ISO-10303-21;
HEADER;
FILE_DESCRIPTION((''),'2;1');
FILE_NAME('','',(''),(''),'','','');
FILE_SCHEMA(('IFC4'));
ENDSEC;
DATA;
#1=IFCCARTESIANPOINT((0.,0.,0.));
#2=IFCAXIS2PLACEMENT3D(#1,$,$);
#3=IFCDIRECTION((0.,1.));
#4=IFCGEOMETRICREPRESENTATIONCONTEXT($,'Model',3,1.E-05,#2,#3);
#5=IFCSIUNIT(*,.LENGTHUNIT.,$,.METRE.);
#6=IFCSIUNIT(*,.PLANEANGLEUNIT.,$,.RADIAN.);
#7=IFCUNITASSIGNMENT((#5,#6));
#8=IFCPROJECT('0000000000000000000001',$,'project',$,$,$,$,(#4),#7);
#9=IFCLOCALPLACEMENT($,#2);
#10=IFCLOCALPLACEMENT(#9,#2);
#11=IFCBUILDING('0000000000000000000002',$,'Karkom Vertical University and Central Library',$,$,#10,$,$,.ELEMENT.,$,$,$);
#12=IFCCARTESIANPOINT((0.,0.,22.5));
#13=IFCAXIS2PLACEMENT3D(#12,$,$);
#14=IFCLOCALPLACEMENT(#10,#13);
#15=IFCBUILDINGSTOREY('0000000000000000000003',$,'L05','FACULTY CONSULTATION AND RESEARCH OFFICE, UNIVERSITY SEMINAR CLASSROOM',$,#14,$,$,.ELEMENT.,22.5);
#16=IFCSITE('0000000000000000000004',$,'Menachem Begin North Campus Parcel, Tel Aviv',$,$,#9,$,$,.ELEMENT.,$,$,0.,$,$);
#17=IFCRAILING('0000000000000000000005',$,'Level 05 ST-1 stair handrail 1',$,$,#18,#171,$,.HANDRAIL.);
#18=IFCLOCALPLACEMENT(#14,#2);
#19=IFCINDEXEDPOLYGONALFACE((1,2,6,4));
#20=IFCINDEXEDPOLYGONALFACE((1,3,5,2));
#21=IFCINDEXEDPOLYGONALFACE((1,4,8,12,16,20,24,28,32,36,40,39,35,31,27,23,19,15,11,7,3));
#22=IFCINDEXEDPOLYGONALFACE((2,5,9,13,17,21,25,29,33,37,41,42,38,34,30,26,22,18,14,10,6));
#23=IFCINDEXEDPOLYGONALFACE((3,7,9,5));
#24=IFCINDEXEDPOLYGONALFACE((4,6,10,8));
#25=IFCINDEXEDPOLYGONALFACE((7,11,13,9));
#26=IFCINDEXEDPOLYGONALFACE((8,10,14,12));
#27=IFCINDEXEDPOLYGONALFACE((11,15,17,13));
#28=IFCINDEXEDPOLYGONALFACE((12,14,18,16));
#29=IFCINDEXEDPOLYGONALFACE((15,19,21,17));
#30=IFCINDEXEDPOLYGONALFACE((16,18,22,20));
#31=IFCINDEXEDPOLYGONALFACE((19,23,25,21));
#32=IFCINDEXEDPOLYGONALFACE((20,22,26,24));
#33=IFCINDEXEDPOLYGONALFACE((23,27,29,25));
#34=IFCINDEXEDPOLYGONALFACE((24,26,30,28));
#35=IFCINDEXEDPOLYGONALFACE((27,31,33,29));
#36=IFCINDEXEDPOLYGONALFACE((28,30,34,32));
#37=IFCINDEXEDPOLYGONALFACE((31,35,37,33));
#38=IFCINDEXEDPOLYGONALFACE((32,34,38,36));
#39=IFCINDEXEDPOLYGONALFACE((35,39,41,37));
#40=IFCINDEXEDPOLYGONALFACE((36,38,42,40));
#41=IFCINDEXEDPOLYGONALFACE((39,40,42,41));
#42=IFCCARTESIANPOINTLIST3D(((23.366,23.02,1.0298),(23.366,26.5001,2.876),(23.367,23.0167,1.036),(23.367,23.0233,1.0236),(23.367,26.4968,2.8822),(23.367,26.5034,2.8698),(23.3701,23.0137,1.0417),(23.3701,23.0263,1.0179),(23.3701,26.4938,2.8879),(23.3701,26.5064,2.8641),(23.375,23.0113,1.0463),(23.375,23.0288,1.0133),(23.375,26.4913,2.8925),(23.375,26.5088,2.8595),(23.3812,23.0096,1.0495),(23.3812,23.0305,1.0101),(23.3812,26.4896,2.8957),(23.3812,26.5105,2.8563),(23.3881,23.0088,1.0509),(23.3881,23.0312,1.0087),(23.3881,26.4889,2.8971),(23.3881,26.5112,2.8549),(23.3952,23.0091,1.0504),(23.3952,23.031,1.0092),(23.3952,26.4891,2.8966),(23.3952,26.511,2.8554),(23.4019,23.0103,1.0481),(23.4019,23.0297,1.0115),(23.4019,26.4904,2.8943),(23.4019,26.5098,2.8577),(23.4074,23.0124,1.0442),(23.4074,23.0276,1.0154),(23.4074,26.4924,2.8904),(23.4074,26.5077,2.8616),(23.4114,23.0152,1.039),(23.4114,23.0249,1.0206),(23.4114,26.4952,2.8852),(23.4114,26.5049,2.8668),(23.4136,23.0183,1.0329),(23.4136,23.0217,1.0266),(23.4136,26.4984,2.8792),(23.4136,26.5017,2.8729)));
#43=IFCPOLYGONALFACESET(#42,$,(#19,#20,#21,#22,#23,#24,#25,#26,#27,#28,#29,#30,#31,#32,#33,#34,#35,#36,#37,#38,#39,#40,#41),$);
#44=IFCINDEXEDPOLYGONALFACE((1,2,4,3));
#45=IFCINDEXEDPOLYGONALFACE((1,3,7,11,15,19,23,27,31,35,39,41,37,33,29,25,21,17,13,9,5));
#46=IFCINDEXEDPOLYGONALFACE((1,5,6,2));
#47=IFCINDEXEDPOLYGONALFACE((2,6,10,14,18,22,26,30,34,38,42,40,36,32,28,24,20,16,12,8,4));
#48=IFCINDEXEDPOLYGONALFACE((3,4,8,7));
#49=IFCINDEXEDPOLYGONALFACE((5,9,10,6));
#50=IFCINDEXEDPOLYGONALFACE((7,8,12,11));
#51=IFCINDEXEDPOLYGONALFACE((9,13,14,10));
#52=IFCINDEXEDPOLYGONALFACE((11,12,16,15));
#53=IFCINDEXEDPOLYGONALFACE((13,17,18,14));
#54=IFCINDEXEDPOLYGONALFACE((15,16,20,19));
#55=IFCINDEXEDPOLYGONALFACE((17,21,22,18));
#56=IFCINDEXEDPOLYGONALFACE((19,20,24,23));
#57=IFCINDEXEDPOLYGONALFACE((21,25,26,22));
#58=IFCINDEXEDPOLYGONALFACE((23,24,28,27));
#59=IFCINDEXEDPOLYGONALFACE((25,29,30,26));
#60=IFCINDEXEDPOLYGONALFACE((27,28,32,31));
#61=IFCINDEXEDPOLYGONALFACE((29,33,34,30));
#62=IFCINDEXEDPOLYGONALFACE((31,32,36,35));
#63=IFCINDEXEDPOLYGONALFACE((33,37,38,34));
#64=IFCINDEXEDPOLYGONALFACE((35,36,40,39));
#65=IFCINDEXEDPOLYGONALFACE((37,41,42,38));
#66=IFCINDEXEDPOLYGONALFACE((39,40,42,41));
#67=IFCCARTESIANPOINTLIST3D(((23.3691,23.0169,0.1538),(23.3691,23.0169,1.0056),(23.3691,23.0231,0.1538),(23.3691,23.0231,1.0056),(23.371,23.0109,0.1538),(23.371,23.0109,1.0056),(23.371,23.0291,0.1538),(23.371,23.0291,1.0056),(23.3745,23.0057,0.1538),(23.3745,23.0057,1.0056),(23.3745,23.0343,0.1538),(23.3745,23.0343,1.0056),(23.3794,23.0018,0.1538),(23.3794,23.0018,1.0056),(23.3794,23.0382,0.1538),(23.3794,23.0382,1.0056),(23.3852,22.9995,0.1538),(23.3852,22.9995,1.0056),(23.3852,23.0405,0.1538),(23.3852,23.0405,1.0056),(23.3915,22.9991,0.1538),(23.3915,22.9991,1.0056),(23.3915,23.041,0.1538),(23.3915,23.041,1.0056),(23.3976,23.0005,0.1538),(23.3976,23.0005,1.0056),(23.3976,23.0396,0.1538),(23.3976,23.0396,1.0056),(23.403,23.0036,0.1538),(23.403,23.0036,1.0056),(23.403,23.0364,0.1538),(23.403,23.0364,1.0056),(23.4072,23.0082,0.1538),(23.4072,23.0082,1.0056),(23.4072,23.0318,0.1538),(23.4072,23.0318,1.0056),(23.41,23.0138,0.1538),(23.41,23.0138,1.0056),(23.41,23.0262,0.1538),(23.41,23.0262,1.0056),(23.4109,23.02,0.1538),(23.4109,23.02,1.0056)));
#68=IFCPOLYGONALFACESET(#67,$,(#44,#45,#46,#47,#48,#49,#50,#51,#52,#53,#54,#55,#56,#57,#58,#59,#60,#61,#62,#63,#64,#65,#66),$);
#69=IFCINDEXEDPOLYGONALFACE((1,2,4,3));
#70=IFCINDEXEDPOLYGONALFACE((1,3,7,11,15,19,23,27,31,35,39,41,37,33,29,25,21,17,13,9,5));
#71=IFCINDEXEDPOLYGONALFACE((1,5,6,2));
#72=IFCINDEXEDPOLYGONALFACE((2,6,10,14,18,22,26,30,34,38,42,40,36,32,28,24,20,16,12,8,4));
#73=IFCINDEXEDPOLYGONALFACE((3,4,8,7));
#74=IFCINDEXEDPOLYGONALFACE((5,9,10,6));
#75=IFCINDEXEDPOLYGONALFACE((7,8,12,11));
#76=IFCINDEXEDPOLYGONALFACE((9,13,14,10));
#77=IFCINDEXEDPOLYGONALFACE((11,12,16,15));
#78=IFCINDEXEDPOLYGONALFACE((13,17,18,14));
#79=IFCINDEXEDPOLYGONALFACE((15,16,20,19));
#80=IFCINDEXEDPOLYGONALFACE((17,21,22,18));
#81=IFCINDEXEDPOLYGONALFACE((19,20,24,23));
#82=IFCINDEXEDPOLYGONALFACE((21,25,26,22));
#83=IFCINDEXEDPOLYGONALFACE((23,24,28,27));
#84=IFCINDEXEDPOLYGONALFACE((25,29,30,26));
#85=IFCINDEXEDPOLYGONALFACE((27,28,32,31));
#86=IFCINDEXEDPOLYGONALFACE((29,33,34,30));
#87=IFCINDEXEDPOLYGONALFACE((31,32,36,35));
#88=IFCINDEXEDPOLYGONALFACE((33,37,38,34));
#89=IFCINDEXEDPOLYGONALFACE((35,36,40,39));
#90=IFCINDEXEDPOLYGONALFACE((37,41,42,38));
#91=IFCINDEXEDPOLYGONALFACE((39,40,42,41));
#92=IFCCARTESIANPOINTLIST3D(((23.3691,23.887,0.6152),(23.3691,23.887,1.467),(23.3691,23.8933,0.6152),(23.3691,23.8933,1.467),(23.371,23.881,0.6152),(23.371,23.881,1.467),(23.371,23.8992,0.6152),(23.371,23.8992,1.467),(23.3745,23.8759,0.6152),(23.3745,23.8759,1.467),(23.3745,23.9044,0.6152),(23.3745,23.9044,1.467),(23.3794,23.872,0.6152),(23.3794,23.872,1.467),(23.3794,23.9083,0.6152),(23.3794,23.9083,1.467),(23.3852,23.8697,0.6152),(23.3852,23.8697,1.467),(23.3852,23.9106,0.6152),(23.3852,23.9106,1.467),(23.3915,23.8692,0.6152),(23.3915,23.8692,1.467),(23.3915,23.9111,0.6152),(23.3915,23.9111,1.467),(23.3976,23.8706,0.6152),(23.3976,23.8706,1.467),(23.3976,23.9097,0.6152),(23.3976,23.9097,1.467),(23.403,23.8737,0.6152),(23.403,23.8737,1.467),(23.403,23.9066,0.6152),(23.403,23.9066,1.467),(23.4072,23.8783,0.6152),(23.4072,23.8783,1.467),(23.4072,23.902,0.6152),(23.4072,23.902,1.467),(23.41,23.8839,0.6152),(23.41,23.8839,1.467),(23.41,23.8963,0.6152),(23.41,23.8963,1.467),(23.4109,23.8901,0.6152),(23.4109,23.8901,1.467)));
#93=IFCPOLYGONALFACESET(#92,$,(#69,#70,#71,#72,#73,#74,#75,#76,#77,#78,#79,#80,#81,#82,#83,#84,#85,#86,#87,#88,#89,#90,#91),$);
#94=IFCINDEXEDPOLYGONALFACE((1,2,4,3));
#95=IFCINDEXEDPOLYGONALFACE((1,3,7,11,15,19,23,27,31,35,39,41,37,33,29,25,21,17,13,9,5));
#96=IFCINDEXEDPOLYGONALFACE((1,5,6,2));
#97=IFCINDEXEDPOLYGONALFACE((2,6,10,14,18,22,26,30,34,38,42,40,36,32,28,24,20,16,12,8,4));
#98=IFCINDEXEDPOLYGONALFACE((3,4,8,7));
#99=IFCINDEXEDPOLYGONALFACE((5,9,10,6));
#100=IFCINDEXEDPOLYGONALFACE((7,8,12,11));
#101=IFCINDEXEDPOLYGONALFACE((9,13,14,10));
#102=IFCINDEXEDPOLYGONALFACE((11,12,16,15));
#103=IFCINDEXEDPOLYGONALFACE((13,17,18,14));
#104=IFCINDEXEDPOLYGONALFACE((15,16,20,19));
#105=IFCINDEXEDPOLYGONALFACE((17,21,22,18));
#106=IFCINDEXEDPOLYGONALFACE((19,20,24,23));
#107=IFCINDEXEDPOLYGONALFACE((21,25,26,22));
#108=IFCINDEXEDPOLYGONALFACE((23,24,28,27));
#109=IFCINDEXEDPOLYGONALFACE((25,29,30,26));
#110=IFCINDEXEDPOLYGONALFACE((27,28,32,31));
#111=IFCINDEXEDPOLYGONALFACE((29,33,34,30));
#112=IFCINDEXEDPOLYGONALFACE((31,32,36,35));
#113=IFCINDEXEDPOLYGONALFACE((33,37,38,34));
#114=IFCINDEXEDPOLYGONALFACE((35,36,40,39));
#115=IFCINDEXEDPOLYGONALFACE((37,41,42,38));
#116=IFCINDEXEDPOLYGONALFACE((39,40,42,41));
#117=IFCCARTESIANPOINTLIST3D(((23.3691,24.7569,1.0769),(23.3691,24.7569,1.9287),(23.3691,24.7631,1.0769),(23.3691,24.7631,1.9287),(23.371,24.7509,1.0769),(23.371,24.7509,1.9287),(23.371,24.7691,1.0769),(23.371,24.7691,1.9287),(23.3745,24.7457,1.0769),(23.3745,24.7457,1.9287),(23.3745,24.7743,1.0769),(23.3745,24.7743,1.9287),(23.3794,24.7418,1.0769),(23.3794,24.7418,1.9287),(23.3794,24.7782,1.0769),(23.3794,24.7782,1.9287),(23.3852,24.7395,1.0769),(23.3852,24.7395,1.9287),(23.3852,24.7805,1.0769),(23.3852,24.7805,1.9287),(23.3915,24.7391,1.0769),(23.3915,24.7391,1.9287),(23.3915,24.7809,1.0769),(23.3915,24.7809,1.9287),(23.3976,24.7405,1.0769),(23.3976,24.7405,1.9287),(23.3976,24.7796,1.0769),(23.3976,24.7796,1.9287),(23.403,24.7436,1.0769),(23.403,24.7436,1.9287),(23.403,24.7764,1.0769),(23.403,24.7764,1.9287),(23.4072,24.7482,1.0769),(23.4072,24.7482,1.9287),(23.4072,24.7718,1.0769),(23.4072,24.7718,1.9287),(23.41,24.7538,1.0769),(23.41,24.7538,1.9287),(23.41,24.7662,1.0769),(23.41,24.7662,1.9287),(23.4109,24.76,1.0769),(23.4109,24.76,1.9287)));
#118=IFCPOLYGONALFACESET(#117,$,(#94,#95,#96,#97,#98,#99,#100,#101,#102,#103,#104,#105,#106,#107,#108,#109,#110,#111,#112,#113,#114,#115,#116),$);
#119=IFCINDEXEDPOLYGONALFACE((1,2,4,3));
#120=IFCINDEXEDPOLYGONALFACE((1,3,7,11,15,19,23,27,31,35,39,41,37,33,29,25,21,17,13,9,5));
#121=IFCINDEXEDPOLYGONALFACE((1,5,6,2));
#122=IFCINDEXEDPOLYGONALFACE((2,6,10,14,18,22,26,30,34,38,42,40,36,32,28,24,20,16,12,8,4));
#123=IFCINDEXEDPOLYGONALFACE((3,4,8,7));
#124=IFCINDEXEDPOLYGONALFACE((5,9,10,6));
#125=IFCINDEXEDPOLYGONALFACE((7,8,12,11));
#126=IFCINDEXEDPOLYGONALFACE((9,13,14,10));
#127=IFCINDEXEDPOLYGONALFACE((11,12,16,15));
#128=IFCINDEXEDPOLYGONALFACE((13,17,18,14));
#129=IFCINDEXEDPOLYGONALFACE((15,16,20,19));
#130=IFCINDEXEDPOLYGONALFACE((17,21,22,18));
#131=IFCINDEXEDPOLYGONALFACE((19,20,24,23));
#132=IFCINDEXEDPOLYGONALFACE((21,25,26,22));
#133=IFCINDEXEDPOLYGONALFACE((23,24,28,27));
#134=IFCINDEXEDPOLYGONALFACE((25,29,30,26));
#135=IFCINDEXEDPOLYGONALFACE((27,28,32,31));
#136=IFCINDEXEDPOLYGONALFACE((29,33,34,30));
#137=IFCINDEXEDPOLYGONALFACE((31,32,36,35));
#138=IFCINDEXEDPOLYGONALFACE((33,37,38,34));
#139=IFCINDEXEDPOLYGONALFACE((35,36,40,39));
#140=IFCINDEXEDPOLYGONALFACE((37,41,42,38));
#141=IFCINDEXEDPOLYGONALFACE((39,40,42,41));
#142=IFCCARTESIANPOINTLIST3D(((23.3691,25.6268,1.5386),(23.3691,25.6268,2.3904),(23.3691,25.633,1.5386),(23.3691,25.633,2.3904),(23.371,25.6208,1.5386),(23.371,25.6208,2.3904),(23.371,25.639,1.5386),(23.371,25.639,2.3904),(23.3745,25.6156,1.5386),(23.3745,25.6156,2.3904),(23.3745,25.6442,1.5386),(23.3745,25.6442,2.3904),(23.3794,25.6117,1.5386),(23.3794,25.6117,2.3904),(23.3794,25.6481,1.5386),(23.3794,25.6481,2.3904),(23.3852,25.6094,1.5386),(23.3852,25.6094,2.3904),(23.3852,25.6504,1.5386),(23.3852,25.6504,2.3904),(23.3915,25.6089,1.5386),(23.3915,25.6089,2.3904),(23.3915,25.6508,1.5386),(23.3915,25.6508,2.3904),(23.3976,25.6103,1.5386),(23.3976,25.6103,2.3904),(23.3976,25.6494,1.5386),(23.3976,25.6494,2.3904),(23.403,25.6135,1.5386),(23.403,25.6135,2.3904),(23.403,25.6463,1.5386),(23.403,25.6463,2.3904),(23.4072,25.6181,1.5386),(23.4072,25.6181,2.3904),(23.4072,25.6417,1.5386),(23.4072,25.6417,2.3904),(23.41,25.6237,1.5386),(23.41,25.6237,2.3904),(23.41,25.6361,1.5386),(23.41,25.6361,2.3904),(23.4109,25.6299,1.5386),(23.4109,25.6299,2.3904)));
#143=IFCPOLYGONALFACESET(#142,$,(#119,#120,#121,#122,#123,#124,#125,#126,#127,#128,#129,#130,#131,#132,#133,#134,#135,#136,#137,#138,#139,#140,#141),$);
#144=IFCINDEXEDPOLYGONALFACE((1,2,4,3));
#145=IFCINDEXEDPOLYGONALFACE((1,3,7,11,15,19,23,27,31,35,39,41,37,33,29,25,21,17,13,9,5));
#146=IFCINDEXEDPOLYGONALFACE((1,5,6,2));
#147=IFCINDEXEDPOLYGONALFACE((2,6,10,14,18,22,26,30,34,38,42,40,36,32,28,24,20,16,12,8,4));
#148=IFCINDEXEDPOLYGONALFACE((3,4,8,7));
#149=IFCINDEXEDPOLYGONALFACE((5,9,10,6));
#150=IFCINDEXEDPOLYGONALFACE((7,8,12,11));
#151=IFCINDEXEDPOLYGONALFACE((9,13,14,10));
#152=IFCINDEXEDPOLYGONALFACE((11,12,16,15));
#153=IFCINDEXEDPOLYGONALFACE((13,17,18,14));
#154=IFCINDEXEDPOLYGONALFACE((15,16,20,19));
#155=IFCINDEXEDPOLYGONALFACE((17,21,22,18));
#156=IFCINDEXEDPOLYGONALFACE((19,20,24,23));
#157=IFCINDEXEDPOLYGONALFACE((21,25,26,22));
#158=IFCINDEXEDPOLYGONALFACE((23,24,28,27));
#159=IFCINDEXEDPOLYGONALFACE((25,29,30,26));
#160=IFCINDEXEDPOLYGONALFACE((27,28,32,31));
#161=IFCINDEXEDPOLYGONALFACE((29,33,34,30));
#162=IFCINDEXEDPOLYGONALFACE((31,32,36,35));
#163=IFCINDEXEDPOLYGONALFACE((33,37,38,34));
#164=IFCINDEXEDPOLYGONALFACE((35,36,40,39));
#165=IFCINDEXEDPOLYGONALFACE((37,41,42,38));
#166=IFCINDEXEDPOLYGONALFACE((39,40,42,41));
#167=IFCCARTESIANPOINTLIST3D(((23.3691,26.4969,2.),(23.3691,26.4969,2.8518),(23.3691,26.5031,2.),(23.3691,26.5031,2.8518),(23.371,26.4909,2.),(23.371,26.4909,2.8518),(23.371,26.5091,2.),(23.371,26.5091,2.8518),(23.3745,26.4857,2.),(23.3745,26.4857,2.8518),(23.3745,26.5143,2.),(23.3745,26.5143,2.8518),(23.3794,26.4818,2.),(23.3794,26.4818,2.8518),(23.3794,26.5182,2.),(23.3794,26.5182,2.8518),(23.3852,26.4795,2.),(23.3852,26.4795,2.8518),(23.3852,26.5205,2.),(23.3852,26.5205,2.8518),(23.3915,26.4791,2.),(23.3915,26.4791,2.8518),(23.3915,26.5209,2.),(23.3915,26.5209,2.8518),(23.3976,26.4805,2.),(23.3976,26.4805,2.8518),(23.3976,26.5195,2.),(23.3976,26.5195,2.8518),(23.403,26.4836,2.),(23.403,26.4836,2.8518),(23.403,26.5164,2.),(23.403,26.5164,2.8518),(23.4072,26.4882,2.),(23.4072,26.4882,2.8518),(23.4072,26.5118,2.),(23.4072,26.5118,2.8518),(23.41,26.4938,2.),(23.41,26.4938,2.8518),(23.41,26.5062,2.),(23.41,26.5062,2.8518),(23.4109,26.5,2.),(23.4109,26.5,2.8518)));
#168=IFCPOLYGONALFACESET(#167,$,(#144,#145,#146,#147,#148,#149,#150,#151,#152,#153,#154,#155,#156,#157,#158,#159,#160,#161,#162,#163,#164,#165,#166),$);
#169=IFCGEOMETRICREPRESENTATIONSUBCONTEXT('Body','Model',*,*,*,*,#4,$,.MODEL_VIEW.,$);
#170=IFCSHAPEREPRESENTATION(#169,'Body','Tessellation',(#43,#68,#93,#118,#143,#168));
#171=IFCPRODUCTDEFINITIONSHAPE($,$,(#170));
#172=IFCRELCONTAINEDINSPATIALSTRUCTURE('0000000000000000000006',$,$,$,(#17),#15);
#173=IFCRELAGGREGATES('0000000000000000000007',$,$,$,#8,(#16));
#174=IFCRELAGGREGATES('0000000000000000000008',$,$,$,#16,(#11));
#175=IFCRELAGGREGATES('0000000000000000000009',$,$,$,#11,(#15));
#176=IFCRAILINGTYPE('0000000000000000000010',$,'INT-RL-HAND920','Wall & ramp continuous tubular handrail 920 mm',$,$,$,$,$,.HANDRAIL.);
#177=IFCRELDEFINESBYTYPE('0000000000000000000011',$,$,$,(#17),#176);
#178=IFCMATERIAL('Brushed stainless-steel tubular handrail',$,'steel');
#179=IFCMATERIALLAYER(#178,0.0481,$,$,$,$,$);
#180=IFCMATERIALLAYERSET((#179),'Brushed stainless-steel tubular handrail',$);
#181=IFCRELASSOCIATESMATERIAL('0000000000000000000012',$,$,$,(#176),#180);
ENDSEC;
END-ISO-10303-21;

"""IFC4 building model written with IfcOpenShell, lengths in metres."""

from ifc_helpers import new_model, si_unit, direction, frame, origin, origin_2d, place, context, subcontext, project, spatial, circle, extrude, material, layer, layer_set, type_object, element, save


model = new_model("IFC4")

# Units and contexts
model_context = context("Model", 3, precision=1e-05, world=origin(), true_north=direction((0.0, 1.0)))
body_context = subcontext(model_context, "Body", "Model", "MODEL_VIEW")
ifc_project = project(units=[si_unit("LENGTHUNIT", "METRE"), si_unit("PLANEANGLEUNIT", "RADIAN")], contexts=[model_context])

# Site, building, storey
site_placement = place(None, origin())
site = spatial("IfcSite", under=ifc_project, at=site_placement, Name="Menachem Begin North Campus Parcel, Tel Aviv", CompositionType="ELEMENT", RefElevation=0.0)
building_placement = place(site_placement, origin())
building = spatial("IfcBuilding", under=site, at=building_placement, Name="Karkom Vertical University and Central Library", CompositionType="ELEMENT")
storey_placement = place(building_placement, frame((0.0, 0.0, 22.5)))
storey = spatial("IfcBuildingStorey", under=building, at=storey_placement, Name="L05", Description="FACULTY CONSULTATION AND RESEARCH OFFICE, UNIVERSITY SEMINAR CLASSROOM", CompositionType="ELEMENT", Elevation=22.5)

# Railing
ifc_material_1 = material(Name="Brushed stainless-steel tubular handrail", Category="steel")
ifc_layer_1 = layer(ifc_material_1, 0.0481)
ifc_layer_set_1 = layer_set([ifc_layer_1], Name="Brushed stainless-steel tubular handrail")
railing_type_1 = type_object("IfcRailingType", Name="INT-RL-HAND920", Description="Wall & ramp continuous tubular handrail 920 mm", PredefinedType="HANDRAIL", material=ifc_layer_set_1)
railing_1_placement = place(storey_placement, frame((23.3899, 23.02, 0.1538)))
element("IfcRailing", 1, at=railing_1_placement, inside=storey, type_object=railing_type_1, Name="Level 05 ST-1 stair handrail 1", PredefinedType="HANDRAIL", context=body_context, shape_type="SweptSolid", body=[
    extrude(circle(Radius=0.0239, at=origin_2d()), frame((0.0, 0.0, 0.876), z_axis=(0.0, 0.883384, 0.468651), x_axis=(-1.0, 0.0, 0.0)), (0.0, 0.0, 1.0), 3.9395),
    extrude(circle(Radius=0.021, at=origin_2d()), origin(), (0.0, 0.0, 1.0), 0.8518),
    extrude(circle(Radius=0.021, at=origin_2d()), frame((0.0, 0.8701, 0.4614)), (0.0, 0.0, 1.0), 0.8518),
    extrude(circle(Radius=0.021, at=origin_2d()), frame((0.0, 1.74, 0.9231)), (0.0, 0.0, 1.0), 0.8518),
    extrude(circle(Radius=0.021, at=origin_2d()), frame((0.0, 2.6099, 1.3848)), (0.0, 0.0, 1.0), 0.8518),
    extrude(circle(Radius=0.021, at=origin_2d()), frame((0.0, 3.48, 1.8462)), (0.0, 0.0, 1.0), 0.8518),
])

save(model, "model.ifc")
